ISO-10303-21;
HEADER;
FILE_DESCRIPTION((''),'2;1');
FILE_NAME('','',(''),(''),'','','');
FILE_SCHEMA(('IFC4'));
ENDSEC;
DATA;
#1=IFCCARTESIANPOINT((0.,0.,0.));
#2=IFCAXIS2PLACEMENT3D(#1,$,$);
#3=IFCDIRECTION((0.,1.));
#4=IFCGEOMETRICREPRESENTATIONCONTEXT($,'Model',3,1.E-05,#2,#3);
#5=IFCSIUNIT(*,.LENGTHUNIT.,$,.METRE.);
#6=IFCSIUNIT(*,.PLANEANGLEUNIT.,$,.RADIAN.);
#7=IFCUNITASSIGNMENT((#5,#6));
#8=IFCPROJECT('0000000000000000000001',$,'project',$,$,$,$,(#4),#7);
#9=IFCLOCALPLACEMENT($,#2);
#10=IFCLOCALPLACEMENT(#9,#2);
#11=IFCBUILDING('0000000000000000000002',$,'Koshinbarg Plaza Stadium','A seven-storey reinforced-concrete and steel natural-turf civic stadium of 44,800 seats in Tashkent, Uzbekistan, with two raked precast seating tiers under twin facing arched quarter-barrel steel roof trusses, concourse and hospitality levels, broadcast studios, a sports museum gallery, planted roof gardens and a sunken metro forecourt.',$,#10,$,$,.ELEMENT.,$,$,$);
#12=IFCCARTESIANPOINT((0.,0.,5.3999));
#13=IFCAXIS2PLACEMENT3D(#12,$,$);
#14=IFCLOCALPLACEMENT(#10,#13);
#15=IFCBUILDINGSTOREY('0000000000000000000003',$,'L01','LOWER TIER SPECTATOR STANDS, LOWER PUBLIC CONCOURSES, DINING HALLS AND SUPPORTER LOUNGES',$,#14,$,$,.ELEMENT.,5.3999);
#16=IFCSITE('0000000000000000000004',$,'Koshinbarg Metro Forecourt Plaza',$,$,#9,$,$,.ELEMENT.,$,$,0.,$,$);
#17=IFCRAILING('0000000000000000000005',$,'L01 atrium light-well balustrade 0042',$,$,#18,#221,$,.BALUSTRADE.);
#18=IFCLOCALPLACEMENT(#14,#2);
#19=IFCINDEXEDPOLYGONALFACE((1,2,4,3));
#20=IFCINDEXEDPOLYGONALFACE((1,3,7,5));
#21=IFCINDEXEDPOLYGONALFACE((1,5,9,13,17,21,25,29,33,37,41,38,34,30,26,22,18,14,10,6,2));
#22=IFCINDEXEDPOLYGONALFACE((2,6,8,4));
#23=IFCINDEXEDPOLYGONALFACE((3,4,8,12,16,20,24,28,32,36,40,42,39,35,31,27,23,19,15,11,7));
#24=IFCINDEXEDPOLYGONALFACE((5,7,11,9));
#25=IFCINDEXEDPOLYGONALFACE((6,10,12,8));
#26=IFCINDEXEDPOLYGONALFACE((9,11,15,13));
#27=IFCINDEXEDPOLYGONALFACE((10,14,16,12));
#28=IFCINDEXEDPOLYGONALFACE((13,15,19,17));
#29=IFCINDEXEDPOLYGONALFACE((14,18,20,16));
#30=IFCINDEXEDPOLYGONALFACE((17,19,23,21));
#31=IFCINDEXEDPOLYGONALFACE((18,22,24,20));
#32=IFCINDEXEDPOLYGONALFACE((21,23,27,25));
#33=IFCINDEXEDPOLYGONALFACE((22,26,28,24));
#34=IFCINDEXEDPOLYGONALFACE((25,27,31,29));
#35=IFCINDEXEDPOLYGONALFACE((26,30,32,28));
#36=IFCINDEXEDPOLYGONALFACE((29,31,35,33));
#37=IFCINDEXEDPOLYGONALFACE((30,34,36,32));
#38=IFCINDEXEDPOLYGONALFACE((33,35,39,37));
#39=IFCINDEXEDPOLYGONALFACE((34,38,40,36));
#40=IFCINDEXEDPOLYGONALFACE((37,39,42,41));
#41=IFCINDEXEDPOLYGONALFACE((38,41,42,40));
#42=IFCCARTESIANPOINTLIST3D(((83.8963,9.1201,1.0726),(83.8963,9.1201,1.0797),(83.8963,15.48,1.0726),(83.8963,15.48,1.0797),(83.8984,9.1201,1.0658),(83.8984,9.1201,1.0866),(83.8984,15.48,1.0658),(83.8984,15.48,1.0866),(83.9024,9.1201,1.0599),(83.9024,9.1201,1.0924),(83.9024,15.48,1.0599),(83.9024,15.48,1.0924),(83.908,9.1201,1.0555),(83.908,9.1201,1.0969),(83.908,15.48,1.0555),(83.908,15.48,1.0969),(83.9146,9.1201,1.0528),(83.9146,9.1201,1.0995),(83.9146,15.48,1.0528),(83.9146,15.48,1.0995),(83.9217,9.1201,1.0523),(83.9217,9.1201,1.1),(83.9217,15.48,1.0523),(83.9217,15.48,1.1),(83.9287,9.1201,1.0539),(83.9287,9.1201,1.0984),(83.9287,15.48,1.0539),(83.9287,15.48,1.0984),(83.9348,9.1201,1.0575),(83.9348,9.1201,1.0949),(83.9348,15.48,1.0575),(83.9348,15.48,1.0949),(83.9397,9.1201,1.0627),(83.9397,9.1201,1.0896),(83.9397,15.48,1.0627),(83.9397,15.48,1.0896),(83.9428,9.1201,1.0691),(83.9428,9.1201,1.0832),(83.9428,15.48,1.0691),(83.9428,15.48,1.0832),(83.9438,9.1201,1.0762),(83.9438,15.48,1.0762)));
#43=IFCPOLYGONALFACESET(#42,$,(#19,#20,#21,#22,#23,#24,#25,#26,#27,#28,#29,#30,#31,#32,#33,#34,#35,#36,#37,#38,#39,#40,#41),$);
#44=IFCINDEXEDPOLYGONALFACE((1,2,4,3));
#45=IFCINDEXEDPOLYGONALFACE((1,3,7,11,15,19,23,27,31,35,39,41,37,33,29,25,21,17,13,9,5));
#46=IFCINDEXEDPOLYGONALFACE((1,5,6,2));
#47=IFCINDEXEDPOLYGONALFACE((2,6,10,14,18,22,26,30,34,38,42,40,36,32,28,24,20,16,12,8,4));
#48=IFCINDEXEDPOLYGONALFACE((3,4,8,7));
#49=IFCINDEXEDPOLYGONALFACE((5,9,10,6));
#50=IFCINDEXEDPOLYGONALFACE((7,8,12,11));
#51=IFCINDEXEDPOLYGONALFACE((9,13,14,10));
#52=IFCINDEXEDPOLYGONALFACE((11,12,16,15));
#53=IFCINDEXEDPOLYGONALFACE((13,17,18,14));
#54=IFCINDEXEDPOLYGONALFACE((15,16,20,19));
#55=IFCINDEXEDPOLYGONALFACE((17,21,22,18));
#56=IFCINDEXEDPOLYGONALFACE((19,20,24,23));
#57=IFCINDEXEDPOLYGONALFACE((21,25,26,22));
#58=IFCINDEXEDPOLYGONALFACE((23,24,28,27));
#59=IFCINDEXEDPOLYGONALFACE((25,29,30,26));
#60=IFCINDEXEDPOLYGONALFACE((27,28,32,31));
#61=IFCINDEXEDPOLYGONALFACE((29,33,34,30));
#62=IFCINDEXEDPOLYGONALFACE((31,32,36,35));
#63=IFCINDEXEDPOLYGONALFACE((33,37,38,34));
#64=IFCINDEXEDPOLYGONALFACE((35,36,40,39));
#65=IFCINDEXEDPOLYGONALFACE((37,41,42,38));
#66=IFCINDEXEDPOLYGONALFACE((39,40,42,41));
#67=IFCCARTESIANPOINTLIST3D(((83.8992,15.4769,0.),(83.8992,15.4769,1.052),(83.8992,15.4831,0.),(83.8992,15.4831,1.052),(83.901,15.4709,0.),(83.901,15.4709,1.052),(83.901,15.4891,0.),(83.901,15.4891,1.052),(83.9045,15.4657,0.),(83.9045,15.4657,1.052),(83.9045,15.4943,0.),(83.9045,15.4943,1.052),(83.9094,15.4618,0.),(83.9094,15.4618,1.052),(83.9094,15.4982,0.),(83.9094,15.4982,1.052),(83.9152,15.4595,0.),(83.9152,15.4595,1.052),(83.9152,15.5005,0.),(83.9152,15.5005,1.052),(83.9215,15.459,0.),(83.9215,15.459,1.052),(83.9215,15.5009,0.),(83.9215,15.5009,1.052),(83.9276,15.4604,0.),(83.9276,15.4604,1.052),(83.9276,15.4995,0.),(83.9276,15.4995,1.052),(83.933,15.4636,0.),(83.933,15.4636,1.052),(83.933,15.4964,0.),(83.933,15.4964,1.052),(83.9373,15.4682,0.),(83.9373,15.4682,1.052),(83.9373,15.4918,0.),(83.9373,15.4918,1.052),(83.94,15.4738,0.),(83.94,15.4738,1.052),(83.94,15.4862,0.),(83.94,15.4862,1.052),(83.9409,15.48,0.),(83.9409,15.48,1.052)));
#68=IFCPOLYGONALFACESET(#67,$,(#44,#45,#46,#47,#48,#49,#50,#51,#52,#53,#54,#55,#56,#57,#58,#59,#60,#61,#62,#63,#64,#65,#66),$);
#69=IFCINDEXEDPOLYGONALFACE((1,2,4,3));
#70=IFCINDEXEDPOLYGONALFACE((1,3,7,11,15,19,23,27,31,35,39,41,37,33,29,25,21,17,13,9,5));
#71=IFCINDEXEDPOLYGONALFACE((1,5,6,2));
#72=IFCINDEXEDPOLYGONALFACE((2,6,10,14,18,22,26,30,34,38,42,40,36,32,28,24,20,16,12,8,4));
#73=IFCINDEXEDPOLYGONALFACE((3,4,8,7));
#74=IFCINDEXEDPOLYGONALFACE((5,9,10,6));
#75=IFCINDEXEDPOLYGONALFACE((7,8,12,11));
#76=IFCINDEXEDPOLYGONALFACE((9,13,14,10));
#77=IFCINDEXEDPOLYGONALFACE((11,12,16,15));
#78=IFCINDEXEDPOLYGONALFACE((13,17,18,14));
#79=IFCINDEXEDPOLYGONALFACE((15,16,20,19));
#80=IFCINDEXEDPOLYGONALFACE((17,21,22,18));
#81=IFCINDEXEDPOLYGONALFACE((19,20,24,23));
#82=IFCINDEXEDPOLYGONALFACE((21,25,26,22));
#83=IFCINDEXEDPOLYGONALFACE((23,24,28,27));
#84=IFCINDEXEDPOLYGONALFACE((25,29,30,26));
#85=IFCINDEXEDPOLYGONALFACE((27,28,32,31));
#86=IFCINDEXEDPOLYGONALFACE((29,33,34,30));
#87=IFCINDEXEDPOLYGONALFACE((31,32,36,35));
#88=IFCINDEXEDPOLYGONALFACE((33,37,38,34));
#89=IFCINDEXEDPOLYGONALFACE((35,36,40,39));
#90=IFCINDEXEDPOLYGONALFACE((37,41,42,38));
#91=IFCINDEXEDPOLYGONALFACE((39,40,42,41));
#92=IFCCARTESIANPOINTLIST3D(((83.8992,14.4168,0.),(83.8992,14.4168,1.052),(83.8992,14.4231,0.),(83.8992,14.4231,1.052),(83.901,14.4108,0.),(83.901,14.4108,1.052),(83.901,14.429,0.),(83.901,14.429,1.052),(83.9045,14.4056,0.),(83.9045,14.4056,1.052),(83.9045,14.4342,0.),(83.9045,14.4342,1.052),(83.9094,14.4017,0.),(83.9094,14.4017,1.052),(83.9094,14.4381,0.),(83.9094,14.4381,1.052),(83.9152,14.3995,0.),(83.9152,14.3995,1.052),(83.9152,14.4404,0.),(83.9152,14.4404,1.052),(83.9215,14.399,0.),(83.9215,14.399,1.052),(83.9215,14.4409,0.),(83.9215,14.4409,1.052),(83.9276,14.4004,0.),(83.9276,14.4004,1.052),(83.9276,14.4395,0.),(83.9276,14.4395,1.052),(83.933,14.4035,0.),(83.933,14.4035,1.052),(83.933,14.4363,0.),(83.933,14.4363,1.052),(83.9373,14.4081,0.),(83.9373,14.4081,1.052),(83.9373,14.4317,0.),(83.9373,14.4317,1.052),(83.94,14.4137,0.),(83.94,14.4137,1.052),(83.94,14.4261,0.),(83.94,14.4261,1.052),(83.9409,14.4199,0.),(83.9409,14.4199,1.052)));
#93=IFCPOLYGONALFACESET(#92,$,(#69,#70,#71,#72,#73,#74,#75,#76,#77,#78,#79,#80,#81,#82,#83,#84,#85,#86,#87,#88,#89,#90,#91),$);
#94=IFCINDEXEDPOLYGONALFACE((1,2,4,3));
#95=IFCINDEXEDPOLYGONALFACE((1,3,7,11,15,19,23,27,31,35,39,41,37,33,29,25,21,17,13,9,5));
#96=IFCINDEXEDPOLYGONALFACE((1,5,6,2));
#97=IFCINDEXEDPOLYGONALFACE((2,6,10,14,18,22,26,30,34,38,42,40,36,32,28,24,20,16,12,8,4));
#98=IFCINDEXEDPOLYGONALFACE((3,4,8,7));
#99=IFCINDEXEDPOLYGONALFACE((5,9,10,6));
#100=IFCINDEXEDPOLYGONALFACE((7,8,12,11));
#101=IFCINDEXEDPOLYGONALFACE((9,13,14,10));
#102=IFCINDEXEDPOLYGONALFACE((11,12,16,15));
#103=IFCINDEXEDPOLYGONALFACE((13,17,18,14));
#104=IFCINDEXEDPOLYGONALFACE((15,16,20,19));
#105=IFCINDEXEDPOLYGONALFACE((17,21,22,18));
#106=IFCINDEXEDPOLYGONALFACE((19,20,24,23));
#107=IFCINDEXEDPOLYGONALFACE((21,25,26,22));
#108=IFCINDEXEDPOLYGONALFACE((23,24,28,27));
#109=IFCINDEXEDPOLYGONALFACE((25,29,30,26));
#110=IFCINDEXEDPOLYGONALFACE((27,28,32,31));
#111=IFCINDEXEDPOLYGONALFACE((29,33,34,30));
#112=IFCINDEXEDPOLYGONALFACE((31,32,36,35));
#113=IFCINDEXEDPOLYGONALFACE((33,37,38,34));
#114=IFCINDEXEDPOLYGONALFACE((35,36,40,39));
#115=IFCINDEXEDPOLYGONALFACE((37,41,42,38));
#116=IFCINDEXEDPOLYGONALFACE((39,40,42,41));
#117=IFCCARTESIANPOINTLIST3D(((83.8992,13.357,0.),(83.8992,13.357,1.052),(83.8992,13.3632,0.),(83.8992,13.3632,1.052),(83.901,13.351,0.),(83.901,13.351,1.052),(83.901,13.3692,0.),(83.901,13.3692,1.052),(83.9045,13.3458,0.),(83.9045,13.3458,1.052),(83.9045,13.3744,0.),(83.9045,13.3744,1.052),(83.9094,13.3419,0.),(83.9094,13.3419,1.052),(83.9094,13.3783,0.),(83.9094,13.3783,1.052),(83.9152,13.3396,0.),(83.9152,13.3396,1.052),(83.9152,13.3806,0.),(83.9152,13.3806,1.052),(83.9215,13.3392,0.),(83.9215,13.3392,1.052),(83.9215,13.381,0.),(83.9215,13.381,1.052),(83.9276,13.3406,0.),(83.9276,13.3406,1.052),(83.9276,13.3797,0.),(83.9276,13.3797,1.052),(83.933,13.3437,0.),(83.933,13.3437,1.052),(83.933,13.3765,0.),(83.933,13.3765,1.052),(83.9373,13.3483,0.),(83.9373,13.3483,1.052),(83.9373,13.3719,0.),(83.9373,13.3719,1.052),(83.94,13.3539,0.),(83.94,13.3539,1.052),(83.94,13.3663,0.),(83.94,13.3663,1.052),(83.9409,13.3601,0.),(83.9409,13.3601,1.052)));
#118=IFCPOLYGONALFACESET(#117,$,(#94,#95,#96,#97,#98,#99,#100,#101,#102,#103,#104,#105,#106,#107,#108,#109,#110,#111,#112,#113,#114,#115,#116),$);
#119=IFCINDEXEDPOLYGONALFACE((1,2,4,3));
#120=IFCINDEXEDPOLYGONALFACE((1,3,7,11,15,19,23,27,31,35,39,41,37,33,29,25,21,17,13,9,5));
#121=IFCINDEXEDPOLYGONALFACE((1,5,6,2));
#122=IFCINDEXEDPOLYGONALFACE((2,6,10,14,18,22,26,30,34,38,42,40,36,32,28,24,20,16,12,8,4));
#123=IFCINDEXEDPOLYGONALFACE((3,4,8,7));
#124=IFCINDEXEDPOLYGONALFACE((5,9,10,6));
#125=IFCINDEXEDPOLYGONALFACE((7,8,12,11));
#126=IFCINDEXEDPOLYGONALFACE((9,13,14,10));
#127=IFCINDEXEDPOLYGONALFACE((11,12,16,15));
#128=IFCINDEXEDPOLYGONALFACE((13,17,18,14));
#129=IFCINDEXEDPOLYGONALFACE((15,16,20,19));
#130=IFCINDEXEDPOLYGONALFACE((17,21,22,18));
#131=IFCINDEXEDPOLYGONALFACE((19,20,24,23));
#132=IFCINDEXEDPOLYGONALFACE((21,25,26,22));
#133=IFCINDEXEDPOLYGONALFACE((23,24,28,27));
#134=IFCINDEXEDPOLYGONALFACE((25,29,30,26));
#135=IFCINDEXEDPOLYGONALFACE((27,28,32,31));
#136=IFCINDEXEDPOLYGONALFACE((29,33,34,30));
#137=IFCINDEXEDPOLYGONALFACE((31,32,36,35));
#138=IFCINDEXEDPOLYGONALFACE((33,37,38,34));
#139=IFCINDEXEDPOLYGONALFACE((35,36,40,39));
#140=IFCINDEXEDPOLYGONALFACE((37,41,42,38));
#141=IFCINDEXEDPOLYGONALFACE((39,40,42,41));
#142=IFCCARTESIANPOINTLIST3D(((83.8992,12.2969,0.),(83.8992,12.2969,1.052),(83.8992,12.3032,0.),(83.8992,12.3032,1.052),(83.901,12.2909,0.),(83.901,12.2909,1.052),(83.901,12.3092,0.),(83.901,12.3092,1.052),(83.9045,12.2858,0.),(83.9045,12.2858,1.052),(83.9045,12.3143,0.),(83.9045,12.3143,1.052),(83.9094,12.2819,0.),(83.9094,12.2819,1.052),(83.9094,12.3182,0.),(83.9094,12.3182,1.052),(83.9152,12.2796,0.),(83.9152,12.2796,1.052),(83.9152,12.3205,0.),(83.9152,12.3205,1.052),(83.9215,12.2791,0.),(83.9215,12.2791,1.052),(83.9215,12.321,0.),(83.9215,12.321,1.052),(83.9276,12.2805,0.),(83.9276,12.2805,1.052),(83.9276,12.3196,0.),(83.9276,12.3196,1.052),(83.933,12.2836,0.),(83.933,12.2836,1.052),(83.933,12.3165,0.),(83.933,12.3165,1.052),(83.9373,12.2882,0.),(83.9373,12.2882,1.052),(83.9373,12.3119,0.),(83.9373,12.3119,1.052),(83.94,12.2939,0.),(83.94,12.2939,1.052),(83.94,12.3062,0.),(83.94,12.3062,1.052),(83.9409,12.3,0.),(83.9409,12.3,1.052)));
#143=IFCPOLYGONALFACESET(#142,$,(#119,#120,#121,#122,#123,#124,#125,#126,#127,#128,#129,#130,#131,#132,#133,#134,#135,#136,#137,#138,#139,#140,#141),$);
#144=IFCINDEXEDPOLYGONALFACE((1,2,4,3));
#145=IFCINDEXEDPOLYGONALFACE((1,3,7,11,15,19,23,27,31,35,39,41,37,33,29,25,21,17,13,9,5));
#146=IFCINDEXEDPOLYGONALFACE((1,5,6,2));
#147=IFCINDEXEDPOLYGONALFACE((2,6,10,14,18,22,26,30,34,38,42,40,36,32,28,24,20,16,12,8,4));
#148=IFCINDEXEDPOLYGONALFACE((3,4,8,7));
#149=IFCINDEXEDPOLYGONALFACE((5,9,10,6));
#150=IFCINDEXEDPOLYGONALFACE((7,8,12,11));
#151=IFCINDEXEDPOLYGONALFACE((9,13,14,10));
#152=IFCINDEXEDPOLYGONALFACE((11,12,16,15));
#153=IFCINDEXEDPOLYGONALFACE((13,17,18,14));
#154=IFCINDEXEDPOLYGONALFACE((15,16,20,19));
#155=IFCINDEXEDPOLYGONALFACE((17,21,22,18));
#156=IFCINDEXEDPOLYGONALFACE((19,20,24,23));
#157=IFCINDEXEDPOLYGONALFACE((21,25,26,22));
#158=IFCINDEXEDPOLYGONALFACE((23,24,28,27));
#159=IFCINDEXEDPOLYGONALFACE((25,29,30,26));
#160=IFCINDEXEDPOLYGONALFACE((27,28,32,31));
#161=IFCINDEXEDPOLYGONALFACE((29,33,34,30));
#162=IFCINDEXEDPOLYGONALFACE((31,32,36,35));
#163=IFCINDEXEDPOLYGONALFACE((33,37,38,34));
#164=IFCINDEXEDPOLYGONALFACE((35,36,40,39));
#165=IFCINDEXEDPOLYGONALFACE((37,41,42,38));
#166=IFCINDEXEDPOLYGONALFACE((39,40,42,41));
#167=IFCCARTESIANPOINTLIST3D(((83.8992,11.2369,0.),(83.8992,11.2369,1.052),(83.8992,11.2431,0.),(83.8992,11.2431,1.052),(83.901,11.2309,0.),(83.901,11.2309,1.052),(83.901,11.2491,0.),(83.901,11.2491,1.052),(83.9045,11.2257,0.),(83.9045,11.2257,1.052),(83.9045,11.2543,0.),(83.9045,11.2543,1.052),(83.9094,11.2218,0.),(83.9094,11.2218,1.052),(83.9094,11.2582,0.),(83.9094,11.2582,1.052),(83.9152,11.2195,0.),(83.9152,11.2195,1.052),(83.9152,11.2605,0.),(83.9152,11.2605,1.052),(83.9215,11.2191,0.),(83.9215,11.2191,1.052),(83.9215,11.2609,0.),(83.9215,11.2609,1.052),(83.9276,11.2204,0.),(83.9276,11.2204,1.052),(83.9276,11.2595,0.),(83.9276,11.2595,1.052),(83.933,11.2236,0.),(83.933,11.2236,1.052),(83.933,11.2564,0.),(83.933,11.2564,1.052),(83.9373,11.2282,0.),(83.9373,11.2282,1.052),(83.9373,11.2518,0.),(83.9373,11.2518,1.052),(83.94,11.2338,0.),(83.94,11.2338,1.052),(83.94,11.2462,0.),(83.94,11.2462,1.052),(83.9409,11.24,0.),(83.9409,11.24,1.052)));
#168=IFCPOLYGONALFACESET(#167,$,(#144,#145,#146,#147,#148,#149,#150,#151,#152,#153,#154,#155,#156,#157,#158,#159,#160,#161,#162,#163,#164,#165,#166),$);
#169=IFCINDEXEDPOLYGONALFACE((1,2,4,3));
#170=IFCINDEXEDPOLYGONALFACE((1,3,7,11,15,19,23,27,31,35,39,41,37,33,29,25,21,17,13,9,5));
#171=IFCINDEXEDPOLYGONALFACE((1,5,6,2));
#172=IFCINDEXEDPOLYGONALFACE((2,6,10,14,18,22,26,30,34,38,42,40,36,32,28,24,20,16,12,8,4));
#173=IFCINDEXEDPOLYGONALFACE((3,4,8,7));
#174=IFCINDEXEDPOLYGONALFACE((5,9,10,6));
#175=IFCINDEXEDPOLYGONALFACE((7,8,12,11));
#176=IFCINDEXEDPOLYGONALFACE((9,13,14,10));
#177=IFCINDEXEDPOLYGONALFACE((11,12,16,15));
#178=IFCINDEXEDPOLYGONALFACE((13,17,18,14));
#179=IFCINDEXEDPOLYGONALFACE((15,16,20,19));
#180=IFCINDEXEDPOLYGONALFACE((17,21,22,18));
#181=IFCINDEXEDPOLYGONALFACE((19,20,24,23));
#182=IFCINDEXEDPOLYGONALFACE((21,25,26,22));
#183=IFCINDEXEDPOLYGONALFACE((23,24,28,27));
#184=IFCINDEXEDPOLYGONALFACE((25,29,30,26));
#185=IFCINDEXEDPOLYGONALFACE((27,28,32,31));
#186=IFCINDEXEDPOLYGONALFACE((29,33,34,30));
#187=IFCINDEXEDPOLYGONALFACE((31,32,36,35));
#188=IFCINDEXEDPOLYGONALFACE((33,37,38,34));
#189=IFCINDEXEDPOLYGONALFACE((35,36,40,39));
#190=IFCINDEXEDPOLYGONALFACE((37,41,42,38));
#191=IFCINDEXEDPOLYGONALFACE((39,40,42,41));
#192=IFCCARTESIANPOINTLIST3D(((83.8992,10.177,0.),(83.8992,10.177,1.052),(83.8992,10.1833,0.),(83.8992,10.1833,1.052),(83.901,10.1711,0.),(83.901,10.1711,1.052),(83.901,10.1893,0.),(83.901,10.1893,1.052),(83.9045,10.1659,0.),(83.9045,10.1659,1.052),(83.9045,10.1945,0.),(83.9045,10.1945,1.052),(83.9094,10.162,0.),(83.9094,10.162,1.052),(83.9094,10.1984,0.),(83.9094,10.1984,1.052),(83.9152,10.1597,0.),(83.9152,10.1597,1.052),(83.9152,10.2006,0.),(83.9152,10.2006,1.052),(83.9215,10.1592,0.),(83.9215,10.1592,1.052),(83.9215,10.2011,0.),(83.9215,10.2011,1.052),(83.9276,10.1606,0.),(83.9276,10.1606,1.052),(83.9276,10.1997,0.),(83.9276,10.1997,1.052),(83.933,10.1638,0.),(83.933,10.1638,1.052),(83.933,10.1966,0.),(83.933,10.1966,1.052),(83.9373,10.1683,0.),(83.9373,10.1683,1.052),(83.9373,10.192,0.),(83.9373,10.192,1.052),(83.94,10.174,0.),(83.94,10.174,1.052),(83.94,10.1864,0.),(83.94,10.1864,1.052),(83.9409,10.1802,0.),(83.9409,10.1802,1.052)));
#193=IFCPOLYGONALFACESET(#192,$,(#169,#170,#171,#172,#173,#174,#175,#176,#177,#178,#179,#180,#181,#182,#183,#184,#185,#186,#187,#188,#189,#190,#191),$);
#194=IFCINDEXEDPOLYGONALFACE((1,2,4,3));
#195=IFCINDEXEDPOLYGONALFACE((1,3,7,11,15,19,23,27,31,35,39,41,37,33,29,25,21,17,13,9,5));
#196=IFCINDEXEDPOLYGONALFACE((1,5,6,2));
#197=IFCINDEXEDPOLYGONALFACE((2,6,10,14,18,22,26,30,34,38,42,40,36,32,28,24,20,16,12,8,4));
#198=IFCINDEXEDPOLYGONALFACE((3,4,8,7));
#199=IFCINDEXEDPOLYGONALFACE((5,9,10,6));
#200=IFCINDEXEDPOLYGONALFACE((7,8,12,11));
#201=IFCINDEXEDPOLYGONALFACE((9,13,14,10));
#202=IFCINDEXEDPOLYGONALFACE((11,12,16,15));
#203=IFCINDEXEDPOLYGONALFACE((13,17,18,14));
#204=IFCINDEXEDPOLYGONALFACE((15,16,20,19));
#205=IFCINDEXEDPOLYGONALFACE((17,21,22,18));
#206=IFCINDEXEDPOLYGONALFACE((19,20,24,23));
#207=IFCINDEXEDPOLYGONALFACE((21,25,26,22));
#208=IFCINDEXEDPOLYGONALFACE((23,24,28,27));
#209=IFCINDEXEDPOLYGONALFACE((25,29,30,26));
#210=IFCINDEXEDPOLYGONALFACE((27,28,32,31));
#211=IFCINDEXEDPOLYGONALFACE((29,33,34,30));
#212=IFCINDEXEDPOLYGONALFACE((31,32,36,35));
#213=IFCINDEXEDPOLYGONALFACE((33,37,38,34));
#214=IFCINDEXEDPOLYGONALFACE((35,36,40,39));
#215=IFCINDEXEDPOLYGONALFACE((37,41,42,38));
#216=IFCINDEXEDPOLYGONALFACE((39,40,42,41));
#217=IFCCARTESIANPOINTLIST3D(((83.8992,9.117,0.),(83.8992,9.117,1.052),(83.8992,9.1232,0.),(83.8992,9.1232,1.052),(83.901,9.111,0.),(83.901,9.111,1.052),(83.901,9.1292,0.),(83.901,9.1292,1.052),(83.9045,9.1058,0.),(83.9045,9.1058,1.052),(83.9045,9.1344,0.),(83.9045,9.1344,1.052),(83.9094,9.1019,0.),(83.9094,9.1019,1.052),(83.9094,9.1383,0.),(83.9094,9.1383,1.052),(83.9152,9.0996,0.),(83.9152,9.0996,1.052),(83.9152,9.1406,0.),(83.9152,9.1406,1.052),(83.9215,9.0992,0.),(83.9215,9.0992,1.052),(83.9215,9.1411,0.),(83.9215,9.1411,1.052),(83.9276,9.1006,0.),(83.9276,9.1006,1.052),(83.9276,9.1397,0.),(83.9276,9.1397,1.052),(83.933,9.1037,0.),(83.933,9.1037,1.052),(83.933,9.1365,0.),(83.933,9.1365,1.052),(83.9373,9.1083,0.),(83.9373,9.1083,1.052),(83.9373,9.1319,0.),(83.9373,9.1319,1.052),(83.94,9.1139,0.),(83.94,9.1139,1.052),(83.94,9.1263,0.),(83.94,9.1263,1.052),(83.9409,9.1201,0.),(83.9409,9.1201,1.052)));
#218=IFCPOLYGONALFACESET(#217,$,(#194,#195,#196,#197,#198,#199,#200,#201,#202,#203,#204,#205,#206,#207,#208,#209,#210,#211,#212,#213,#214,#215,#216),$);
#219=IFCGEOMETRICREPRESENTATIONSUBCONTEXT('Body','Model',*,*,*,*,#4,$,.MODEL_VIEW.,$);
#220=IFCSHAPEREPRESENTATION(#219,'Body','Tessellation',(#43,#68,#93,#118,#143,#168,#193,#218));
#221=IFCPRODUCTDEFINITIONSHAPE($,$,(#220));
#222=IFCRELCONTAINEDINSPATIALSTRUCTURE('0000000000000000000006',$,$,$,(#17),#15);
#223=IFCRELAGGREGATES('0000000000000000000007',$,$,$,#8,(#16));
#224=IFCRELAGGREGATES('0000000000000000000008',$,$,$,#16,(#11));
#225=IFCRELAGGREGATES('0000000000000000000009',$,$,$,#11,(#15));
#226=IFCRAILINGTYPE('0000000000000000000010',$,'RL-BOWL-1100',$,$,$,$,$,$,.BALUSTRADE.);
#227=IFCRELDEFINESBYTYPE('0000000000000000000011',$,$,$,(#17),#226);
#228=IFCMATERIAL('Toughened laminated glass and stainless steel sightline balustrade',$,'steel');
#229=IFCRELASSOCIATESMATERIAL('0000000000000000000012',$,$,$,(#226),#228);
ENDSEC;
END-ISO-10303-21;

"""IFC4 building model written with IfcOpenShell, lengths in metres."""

from ifc_helpers import new_model, si_unit, direction, frame, origin, origin_2d, place, context, subcontext, project, spatial, circle, extrude, material, type_object, element, save


model = new_model("IFC4")

# Units and contexts
model_context = context("Model", 3, precision=1e-05, world=origin(), true_north=direction((0.0, 1.0)))
body_context = subcontext(model_context, "Body", "Model", "MODEL_VIEW")
ifc_project = project(units=[si_unit("LENGTHUNIT", "METRE"), si_unit("PLANEANGLEUNIT", "RADIAN")], contexts=[model_context])

# Site, building, storey
site_placement = place(None, origin())
site = spatial("IfcSite", under=ifc_project, at=site_placement, Name="Koshinbarg Metro Forecourt Plaza", CompositionType="ELEMENT", RefElevation=0.0)
building_placement = place(site_placement, origin())
building = spatial("IfcBuilding", under=site, at=building_placement, Name="Koshinbarg Plaza Stadium", Description="A seven-storey reinforced-concrete and steel natural-turf civic stadium of 44,800 seats in Tashkent, Uzbekistan, with two raked precast seating tiers under twin facing arched quarter-barrel steel roof trusses, concourse and hospitality levels, broadcast studios, a sports museum gallery, planted roof gardens and a sunken metro forecourt.", CompositionType="ELEMENT")
storey_placement = place(building_placement, frame((0.0, 0.0, 5.3999)))
storey = spatial("IfcBuildingStorey", under=building, at=storey_placement, Name="L01", Description="LOWER TIER SPECTATOR STANDS, LOWER PUBLIC CONCOURSES, DINING HALLS AND SUPPORTER LOUNGES", CompositionType="ELEMENT", Elevation=5.3999)

# Railing
ifc_material_1 = material(Name="Toughened laminated glass and stainless steel sightline balustrade", Category="steel")
railing_type = type_object("IfcRailingType", Name="RL-BOWL-1100", PredefinedType="BALUSTRADE", material=ifc_material_1)
railing_1_placement = place(storey_placement, frame((83.9199, 15.48, 0.0)))
element("IfcRailing", 1, at=railing_1_placement, inside=storey, type_object=railing_type, Name="L01 atrium light-well balustrade 0042", PredefinedType="BALUSTRADE", context=body_context, shape_type="SweptSolid", body=[
    extrude(circle(Radius=0.0239, at=origin_2d()), frame((0.0, 0.0, 1.0762), z_axis=(0.0, -1.0, 0.0), x_axis=(1.0, 0.0, 0.0)), (0.0, 0.0, 1.0), 6.3599),
    extrude(circle(Radius=0.021, at=origin_2d()), origin(), (0.0, 0.0, 1.0), 1.052),
    extrude(circle(Radius=0.021, at=origin_2d()), frame((0.0, -1.0601, 0.0)), (0.0, 0.0, 1.0), 1.052),
    extrude(circle(Radius=0.021, at=origin_2d()), frame((0.0, -2.1199, 0.0)), (0.0, 0.0, 1.0), 1.052),
    extrude(circle(Radius=0.021, at=origin_2d()), frame((0.0, -3.1799, 0.0)), (0.0, 0.0, 1.0), 1.052),
    extrude(circle(Radius=0.021, at=origin_2d()), frame((0.0, -4.24, 0.0)), (0.0, 0.0, 1.0), 1.052),
    extrude(circle(Radius=0.021, at=origin_2d()), frame((0.0, -5.2998, 0.0)), (0.0, 0.0, 1.0), 1.052),
    extrude(circle(Radius=0.021, at=origin_2d()), frame((0.0, -6.3599, 0.0)), (0.0, 0.0, 1.0), 1.052),
])

save(model, "model.ifc")
